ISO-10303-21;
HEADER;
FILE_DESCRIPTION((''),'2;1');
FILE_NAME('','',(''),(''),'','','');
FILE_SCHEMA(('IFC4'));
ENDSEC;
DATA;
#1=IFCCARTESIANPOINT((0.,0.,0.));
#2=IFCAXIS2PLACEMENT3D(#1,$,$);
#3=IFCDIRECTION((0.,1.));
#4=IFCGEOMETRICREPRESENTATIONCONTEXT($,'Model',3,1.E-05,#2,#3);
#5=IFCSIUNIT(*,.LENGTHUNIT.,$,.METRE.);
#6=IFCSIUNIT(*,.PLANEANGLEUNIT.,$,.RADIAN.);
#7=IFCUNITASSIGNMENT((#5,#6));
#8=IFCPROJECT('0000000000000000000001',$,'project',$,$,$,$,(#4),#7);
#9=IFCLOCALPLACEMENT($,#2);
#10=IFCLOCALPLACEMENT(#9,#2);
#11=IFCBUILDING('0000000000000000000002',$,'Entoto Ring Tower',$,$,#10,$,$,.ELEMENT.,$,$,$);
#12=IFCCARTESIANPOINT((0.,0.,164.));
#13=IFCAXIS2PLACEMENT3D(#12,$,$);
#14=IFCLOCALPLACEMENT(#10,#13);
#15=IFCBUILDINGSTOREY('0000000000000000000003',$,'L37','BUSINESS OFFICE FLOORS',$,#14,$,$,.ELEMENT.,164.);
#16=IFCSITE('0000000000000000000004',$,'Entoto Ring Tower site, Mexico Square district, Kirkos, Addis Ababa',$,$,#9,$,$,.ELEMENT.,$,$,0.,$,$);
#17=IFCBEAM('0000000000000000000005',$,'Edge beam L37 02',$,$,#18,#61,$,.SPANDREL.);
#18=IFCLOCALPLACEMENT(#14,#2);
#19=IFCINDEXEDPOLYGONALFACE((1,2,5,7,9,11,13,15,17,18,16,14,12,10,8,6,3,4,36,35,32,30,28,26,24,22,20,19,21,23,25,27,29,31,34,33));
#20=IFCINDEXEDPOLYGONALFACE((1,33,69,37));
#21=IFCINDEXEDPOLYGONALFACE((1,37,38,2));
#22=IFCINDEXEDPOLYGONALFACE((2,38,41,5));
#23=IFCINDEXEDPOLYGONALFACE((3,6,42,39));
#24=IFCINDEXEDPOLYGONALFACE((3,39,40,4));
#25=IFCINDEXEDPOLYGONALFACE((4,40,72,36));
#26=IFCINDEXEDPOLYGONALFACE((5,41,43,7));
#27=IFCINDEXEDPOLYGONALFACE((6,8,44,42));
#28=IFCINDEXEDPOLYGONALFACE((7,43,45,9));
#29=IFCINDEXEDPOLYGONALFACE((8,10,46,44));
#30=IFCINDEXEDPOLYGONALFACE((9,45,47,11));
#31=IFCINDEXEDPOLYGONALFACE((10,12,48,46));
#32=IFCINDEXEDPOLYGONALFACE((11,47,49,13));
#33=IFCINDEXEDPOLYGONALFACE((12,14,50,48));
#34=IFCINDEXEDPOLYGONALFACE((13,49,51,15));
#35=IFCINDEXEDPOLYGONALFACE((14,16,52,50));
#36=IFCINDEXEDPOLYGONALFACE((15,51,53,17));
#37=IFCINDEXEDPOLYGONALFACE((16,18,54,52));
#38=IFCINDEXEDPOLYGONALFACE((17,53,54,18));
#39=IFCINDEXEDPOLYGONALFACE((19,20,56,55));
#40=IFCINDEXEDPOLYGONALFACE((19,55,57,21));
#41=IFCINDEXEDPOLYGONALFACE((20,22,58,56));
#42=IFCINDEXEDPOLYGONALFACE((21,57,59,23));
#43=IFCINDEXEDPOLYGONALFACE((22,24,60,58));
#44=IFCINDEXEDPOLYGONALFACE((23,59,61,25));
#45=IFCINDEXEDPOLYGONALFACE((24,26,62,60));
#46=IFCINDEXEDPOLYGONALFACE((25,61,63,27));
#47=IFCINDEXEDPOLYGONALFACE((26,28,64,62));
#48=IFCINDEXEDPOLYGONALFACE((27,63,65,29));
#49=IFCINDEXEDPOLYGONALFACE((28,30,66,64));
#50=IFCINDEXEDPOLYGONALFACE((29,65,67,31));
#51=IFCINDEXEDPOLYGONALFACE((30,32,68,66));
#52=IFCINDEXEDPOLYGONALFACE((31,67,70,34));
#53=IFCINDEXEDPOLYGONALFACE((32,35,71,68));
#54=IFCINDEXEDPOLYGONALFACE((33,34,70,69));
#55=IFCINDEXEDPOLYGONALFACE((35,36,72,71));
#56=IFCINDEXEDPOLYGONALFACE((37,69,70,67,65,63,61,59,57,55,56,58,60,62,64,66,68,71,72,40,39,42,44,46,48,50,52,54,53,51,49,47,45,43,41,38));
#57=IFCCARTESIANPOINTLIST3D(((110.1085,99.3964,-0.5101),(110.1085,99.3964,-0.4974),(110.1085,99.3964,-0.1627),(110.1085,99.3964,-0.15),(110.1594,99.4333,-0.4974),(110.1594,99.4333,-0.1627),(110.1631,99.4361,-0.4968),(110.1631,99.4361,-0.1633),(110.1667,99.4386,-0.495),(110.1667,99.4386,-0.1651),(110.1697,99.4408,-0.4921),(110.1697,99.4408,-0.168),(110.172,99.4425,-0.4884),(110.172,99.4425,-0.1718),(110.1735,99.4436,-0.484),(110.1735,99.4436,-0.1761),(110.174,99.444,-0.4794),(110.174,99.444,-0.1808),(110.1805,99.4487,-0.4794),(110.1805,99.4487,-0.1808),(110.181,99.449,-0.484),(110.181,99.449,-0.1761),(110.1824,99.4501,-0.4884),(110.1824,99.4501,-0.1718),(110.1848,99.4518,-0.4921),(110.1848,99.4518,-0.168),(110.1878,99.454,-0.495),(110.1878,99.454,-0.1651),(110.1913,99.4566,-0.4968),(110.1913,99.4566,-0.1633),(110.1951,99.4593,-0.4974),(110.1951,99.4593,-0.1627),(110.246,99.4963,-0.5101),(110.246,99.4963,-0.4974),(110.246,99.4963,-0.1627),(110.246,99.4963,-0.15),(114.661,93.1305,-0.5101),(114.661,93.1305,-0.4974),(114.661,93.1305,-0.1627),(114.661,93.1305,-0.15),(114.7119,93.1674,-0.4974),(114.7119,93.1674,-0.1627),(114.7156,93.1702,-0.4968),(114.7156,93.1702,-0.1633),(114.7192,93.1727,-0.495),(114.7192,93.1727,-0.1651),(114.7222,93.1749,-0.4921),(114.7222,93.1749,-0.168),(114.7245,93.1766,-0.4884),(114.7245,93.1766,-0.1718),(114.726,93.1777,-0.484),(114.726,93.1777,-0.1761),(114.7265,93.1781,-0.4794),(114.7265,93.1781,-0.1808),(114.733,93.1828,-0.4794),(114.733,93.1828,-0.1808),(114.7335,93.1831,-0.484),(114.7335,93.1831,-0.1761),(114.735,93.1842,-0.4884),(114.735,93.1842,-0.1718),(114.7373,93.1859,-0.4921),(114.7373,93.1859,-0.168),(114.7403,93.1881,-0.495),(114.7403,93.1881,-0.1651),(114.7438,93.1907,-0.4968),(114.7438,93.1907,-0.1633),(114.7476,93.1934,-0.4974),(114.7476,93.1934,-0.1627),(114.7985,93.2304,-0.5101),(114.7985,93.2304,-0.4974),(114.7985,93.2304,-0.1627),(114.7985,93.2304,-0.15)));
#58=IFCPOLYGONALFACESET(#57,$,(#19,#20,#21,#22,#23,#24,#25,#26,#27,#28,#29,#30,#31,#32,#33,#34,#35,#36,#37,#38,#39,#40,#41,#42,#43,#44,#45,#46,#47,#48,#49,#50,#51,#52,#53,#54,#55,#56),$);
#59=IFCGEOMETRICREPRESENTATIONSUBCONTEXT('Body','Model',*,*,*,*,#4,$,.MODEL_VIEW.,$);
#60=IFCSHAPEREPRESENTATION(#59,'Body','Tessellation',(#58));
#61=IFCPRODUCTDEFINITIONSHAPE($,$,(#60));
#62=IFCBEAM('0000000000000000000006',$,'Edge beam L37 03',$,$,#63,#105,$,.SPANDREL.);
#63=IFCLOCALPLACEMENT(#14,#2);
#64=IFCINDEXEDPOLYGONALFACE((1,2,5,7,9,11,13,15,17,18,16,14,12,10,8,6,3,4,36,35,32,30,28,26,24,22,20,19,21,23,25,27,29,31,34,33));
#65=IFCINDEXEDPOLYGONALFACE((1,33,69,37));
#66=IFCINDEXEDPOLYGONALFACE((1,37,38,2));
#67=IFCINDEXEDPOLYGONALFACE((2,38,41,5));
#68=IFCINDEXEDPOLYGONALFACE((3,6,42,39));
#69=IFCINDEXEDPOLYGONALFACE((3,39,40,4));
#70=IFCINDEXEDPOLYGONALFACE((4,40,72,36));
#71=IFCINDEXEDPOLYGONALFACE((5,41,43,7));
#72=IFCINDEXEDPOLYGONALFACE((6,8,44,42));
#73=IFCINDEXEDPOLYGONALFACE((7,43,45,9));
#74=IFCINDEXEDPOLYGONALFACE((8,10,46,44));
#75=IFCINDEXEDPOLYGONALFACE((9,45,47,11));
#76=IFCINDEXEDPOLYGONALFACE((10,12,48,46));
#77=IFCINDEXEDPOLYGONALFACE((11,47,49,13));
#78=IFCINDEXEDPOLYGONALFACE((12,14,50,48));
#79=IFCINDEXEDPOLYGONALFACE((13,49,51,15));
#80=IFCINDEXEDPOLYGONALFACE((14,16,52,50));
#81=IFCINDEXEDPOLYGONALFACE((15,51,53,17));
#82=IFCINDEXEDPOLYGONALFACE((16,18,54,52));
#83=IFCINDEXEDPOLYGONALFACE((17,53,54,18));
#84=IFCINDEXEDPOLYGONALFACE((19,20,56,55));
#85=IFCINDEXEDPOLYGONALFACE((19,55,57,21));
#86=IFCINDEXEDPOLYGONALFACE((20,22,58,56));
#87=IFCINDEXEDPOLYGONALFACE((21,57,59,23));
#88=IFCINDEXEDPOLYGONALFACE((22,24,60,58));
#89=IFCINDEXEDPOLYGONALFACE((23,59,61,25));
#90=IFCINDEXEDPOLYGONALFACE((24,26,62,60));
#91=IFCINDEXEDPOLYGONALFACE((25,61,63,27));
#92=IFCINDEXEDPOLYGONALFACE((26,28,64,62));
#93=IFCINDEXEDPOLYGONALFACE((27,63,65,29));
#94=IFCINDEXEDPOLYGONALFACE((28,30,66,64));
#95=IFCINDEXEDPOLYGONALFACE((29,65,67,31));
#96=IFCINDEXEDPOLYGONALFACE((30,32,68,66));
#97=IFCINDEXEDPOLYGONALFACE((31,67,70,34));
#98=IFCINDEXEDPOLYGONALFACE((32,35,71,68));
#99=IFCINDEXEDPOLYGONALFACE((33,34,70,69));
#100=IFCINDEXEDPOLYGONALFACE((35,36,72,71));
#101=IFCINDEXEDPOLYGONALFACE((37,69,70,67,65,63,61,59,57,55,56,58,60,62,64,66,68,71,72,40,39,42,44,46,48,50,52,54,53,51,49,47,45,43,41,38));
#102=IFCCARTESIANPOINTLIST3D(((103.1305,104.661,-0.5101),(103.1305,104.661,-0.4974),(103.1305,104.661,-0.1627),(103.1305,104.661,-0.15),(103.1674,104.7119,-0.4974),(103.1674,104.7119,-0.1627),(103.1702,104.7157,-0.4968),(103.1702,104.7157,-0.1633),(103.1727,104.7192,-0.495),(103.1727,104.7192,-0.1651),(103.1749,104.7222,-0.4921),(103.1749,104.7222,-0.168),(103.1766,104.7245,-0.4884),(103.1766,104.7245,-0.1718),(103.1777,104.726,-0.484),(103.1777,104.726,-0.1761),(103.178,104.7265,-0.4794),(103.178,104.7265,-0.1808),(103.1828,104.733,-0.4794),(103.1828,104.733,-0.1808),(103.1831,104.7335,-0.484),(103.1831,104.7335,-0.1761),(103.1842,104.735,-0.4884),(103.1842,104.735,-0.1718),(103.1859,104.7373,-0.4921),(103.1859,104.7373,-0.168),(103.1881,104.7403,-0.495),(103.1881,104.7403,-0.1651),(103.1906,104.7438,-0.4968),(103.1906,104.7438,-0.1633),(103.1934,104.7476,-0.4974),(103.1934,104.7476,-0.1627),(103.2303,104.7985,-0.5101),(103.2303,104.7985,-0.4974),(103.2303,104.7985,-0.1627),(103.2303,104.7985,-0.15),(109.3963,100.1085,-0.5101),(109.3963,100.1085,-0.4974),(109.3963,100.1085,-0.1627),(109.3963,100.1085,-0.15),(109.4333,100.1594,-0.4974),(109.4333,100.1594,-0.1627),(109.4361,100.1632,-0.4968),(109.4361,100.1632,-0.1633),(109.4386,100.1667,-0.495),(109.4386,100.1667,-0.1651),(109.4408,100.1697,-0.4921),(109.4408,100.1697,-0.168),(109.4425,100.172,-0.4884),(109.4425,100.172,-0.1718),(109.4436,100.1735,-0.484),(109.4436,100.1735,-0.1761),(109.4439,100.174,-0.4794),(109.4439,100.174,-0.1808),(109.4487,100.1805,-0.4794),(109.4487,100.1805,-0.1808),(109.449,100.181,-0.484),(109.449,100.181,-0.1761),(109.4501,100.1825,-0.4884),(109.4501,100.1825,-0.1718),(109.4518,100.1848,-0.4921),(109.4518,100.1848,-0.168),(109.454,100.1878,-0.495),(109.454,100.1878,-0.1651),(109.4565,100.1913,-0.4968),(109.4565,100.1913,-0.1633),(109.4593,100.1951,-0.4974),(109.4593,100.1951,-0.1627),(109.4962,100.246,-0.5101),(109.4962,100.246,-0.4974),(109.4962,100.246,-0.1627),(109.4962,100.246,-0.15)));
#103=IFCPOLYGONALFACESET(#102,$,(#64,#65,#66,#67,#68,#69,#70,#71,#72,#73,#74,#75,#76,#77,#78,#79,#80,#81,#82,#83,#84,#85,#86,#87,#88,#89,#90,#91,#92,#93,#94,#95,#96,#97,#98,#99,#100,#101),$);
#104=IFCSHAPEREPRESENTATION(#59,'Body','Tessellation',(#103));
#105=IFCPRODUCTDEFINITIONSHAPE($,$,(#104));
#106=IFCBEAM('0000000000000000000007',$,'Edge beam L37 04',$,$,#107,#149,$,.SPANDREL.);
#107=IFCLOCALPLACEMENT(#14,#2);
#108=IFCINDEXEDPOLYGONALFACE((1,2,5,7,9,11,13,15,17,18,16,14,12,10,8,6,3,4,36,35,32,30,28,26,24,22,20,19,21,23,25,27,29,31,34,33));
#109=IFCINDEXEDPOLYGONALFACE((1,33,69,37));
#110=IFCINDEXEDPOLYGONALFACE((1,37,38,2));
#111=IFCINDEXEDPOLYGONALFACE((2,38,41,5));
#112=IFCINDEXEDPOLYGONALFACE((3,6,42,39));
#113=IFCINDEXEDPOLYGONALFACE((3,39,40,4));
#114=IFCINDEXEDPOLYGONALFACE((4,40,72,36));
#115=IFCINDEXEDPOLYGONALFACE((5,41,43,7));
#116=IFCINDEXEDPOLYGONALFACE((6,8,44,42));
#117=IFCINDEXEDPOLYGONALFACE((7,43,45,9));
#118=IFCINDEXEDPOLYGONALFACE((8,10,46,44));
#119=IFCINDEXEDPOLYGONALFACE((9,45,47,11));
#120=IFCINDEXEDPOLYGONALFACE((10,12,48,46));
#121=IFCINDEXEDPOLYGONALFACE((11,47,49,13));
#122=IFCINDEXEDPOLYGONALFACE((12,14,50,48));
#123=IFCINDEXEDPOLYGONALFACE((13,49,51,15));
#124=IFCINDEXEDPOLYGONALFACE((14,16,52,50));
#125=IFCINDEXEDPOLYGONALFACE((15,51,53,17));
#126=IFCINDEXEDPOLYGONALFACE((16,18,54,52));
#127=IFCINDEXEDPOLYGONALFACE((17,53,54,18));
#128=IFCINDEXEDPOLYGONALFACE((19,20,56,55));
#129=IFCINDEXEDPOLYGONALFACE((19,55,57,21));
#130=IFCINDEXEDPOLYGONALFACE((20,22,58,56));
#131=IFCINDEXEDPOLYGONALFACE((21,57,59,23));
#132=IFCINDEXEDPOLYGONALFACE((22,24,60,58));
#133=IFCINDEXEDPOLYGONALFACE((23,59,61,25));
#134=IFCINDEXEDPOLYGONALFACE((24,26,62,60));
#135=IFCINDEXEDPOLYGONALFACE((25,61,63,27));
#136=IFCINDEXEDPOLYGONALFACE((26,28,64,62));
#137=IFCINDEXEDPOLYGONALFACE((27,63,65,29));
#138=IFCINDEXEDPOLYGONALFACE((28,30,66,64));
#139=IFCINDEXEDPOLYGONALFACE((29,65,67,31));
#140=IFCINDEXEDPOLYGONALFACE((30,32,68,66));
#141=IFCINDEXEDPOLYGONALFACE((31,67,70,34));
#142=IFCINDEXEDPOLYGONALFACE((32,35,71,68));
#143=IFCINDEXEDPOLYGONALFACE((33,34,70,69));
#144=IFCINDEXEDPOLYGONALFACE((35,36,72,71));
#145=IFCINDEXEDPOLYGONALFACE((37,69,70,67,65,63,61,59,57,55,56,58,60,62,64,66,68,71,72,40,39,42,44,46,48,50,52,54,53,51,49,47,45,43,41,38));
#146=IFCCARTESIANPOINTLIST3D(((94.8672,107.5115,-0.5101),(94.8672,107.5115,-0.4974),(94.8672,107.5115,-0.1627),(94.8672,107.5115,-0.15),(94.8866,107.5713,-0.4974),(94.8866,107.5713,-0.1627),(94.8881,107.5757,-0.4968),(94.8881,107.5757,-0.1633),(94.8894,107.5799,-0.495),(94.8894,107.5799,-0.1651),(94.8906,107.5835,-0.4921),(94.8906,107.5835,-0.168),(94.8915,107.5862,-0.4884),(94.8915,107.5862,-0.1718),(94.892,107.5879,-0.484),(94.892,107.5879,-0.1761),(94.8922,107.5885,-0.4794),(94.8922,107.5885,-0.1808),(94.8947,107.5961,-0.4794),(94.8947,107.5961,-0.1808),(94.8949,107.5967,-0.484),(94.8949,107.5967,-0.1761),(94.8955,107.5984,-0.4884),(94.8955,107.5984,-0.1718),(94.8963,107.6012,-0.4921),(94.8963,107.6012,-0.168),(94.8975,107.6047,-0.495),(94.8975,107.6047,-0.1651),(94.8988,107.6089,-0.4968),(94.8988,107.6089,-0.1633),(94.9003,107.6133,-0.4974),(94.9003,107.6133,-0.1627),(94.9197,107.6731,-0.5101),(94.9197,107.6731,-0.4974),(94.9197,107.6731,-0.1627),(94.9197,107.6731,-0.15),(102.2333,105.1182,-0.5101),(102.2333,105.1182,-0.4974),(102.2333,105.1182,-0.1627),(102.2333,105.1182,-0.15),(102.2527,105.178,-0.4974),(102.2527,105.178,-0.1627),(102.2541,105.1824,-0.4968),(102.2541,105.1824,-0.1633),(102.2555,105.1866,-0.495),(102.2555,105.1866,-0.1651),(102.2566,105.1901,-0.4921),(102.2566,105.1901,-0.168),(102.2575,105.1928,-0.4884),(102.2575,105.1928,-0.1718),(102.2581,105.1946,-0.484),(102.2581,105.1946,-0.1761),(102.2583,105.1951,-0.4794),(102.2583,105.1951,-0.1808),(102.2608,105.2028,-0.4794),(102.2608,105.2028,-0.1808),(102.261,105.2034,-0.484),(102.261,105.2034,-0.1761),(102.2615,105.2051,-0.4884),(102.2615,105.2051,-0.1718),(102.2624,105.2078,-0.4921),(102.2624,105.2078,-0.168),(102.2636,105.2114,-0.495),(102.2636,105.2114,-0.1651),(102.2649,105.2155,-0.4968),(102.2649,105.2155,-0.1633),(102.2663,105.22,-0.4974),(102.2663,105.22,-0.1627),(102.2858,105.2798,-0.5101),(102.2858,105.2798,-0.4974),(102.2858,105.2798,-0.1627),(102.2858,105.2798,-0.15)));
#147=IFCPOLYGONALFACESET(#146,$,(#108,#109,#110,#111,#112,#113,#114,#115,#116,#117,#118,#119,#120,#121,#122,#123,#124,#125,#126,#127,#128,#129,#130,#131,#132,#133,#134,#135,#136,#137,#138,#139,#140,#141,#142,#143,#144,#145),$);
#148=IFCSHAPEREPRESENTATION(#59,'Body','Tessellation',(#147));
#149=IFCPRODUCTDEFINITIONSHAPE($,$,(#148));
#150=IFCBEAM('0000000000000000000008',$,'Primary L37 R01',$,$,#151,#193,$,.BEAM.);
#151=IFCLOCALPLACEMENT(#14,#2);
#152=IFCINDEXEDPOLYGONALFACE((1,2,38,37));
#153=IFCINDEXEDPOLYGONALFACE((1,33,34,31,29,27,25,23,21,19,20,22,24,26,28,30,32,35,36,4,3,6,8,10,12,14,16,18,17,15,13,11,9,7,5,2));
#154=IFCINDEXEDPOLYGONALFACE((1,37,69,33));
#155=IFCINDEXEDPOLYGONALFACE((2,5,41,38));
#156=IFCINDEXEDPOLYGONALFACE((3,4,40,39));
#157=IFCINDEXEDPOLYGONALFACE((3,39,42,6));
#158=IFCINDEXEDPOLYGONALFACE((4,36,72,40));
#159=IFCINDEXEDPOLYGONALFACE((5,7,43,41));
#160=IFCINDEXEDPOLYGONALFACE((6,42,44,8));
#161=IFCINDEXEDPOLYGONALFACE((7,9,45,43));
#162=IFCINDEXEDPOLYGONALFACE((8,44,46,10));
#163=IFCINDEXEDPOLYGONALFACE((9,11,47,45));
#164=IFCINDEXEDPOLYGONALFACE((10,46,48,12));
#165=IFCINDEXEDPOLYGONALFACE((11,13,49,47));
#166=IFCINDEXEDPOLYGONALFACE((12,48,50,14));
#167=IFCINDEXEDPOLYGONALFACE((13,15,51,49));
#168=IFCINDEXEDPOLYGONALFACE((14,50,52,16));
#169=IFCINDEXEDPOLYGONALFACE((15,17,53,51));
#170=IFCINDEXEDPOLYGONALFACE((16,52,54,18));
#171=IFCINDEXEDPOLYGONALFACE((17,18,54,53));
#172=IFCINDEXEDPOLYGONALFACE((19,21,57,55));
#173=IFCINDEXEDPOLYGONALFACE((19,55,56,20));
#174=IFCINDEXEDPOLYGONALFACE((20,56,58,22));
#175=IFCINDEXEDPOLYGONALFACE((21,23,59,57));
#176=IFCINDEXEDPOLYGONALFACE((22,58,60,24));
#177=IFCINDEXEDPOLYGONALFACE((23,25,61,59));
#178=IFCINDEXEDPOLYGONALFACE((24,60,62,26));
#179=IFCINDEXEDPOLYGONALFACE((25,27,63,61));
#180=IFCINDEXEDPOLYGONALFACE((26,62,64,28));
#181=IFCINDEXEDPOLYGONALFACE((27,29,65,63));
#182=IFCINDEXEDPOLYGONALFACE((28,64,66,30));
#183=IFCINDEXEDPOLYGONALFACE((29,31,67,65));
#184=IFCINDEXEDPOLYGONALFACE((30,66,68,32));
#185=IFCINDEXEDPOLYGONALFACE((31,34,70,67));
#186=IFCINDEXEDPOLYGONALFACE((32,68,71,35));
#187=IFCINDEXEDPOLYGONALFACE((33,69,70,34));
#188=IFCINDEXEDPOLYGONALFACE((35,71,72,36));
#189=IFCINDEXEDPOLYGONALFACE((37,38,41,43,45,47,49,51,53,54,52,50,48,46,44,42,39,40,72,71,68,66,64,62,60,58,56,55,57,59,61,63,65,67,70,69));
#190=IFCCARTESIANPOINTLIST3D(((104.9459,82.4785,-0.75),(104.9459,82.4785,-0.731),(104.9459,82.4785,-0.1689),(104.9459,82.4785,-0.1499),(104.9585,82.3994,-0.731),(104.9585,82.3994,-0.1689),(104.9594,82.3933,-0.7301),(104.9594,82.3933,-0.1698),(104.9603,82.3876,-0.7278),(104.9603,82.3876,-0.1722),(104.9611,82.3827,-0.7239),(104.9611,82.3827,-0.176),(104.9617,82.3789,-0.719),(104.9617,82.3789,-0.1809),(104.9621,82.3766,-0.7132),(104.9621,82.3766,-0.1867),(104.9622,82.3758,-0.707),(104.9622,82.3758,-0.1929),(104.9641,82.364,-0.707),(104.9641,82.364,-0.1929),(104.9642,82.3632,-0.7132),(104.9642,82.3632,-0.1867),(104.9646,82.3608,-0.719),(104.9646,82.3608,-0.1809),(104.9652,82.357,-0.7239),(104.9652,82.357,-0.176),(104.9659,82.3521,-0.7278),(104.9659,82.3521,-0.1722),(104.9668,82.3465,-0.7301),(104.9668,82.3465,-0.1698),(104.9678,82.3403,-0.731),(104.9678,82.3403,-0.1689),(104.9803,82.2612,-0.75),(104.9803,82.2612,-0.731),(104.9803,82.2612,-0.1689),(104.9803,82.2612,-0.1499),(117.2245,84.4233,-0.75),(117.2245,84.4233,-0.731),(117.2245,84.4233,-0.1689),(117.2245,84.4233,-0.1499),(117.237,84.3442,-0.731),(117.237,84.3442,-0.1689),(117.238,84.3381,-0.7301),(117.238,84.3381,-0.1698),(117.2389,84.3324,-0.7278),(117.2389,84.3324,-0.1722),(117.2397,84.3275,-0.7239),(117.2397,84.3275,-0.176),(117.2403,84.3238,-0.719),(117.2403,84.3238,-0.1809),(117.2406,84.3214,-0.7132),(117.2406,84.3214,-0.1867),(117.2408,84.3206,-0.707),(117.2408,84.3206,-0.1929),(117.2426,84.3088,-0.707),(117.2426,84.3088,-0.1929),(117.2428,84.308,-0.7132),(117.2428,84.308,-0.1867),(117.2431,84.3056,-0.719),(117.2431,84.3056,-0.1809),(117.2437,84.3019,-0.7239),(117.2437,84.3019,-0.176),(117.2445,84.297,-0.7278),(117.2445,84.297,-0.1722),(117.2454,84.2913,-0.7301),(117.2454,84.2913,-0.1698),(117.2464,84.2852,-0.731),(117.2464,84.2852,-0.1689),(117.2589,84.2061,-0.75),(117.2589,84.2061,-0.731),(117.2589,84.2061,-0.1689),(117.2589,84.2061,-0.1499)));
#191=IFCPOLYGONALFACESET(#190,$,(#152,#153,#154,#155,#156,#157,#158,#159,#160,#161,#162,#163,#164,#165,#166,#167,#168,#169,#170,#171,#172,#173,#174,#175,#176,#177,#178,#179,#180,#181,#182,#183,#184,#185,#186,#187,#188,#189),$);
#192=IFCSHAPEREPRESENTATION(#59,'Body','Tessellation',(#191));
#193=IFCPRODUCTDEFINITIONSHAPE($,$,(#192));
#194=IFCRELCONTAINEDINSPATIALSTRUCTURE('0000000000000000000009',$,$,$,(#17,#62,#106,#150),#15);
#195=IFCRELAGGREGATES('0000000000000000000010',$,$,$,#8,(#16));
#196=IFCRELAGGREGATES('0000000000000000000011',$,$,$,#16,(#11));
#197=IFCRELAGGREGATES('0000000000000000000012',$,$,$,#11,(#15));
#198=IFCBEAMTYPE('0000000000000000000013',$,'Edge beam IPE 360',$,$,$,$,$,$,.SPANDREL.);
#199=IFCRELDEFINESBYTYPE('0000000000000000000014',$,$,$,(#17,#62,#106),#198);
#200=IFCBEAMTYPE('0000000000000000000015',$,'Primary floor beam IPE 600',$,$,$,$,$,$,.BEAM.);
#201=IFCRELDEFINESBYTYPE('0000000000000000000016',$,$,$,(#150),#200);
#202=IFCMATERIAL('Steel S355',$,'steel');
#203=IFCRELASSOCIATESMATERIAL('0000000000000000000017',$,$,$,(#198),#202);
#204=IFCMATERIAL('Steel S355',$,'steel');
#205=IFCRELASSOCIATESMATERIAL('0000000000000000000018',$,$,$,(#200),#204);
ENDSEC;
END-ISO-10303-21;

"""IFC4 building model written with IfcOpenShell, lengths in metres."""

from ifc_helpers import new_model, si_unit, direction, frame, origin, origin_2d, place, context, subcontext, project, spatial, i_section, extrude, material, material_profile, profile_set, type_object, element, save


model = new_model("IFC4")

# Units and contexts
model_context = context("Model", 3, precision=1e-05, world=origin(), true_north=direction((0.0, 1.0)))
body_context = subcontext(model_context, "Body", "Model", "MODEL_VIEW")
ifc_project = project(units=[si_unit("LENGTHUNIT", "METRE"), si_unit("PLANEANGLEUNIT", "RADIAN")], contexts=[model_context])

# Site, building, storey
site_placement = place(None, origin())
site = spatial("IfcSite", under=ifc_project, at=site_placement, Name="Entoto Ring Tower site, Mexico Square district, Kirkos, Addis Ababa", CompositionType="ELEMENT", RefElevation=0.0)
building_placement = place(site_placement, origin())
building = spatial("IfcBuilding", under=site, at=building_placement, Name="Entoto Ring Tower", CompositionType="ELEMENT")
storey_placement = place(building_placement, frame((0.0, 0.0, 164.0)))
storey = spatial("IfcBuildingStorey", under=building, at=storey_placement, Name="L37", Description="BUSINESS OFFICE FLOORS", CompositionType="ELEMENT", Elevation=164.0)

# Beams
ifc_material_1 = material(Name="Steel S355", Category="steel")
ifc_material_profile_1 = material_profile(ifc_material_1, i_section(OverallWidth=0.1699, OverallDepth=0.3601, WebThickness=0.0081, FlangeThickness=0.0127, FilletRadius=0.0181, at=origin_2d()), Name="IPE 360")
ifc_profile_set_1 = profile_set([ifc_material_profile_1], Name="Steel S355")
beam_type_1 = type_object("IfcBeamType", Name="Edge beam IPE 360", PredefinedType="SPANDREL", material=ifc_profile_set_1)
for number, where, z_axis, x_axis, name in (
    (1, (114.7297, 93.1804, -0.3301), (-0.587791, 0.809013, 0.0), (-0.809013, -0.587791, 0.0), "Edge beam L37 02"),
    (2, (109.4463, 100.1772, -0.3301), (-0.809013, 0.587791, 0.0), (-0.587791, -0.809013, 0.0), "Edge beam L37 03"),
    (3, (102.2595, 105.199, -0.3301), (-0.951058, 0.309013, 0.0), (-0.309013, -0.951058, 0.0), "Edge beam L37 04"),
):
    element("IfcBeam", number, at=place(storey_placement, frame(where, z_axis=z_axis, x_axis=x_axis)), inside=storey, type_object=beam_type_1, Name=name, PredefinedType="SPANDREL", context=body_context, shape_type="SweptSolid", body=[
        extrude(i_section(OverallWidth=0.1699, OverallDepth=0.3601, WebThickness=0.0081, FlangeThickness=0.0127, FilletRadius=0.0181, at=origin_2d()), origin(), (0.0, 0.0, 1.0), 7.7451),
    ])
ifc_material_2 = material(Name="Steel S355", Category="steel")
ifc_material_profile_2 = material_profile(ifc_material_2, i_section(OverallWidth=0.22, OverallDepth=0.6001, WebThickness=0.012, FlangeThickness=0.019, FilletRadius=0.0239, at=origin_2d()), Name="IPE 600")
ifc_profile_set_2 = profile_set([ifc_material_profile_2], Name="Steel S355")
beam_type_2 = type_object("IfcBeamType", Name="Primary floor beam IPE 600", PredefinedType="BEAM", material=ifc_profile_set_2)
beam_1_placement = place(storey_placement, frame((104.9631, 82.3699, -0.45), z_axis=(0.987687, 0.156442, 0.0), x_axis=(-0.156442, 0.987687, 0.0)))
element("IfcBeam", 4, at=beam_1_placement, inside=storey, type_object=beam_type_2, Name="Primary L37 R01", PredefinedType="BEAM", context=body_context, shape_type="SweptSolid", body=[
    extrude(i_section(OverallWidth=0.22, OverallDepth=0.6001, WebThickness=0.012, FlangeThickness=0.019, FilletRadius=0.0239, at=origin_2d()), origin(), (0.0, 0.0, 1.0), 12.4316),
])

save(model, "model.ifc")
